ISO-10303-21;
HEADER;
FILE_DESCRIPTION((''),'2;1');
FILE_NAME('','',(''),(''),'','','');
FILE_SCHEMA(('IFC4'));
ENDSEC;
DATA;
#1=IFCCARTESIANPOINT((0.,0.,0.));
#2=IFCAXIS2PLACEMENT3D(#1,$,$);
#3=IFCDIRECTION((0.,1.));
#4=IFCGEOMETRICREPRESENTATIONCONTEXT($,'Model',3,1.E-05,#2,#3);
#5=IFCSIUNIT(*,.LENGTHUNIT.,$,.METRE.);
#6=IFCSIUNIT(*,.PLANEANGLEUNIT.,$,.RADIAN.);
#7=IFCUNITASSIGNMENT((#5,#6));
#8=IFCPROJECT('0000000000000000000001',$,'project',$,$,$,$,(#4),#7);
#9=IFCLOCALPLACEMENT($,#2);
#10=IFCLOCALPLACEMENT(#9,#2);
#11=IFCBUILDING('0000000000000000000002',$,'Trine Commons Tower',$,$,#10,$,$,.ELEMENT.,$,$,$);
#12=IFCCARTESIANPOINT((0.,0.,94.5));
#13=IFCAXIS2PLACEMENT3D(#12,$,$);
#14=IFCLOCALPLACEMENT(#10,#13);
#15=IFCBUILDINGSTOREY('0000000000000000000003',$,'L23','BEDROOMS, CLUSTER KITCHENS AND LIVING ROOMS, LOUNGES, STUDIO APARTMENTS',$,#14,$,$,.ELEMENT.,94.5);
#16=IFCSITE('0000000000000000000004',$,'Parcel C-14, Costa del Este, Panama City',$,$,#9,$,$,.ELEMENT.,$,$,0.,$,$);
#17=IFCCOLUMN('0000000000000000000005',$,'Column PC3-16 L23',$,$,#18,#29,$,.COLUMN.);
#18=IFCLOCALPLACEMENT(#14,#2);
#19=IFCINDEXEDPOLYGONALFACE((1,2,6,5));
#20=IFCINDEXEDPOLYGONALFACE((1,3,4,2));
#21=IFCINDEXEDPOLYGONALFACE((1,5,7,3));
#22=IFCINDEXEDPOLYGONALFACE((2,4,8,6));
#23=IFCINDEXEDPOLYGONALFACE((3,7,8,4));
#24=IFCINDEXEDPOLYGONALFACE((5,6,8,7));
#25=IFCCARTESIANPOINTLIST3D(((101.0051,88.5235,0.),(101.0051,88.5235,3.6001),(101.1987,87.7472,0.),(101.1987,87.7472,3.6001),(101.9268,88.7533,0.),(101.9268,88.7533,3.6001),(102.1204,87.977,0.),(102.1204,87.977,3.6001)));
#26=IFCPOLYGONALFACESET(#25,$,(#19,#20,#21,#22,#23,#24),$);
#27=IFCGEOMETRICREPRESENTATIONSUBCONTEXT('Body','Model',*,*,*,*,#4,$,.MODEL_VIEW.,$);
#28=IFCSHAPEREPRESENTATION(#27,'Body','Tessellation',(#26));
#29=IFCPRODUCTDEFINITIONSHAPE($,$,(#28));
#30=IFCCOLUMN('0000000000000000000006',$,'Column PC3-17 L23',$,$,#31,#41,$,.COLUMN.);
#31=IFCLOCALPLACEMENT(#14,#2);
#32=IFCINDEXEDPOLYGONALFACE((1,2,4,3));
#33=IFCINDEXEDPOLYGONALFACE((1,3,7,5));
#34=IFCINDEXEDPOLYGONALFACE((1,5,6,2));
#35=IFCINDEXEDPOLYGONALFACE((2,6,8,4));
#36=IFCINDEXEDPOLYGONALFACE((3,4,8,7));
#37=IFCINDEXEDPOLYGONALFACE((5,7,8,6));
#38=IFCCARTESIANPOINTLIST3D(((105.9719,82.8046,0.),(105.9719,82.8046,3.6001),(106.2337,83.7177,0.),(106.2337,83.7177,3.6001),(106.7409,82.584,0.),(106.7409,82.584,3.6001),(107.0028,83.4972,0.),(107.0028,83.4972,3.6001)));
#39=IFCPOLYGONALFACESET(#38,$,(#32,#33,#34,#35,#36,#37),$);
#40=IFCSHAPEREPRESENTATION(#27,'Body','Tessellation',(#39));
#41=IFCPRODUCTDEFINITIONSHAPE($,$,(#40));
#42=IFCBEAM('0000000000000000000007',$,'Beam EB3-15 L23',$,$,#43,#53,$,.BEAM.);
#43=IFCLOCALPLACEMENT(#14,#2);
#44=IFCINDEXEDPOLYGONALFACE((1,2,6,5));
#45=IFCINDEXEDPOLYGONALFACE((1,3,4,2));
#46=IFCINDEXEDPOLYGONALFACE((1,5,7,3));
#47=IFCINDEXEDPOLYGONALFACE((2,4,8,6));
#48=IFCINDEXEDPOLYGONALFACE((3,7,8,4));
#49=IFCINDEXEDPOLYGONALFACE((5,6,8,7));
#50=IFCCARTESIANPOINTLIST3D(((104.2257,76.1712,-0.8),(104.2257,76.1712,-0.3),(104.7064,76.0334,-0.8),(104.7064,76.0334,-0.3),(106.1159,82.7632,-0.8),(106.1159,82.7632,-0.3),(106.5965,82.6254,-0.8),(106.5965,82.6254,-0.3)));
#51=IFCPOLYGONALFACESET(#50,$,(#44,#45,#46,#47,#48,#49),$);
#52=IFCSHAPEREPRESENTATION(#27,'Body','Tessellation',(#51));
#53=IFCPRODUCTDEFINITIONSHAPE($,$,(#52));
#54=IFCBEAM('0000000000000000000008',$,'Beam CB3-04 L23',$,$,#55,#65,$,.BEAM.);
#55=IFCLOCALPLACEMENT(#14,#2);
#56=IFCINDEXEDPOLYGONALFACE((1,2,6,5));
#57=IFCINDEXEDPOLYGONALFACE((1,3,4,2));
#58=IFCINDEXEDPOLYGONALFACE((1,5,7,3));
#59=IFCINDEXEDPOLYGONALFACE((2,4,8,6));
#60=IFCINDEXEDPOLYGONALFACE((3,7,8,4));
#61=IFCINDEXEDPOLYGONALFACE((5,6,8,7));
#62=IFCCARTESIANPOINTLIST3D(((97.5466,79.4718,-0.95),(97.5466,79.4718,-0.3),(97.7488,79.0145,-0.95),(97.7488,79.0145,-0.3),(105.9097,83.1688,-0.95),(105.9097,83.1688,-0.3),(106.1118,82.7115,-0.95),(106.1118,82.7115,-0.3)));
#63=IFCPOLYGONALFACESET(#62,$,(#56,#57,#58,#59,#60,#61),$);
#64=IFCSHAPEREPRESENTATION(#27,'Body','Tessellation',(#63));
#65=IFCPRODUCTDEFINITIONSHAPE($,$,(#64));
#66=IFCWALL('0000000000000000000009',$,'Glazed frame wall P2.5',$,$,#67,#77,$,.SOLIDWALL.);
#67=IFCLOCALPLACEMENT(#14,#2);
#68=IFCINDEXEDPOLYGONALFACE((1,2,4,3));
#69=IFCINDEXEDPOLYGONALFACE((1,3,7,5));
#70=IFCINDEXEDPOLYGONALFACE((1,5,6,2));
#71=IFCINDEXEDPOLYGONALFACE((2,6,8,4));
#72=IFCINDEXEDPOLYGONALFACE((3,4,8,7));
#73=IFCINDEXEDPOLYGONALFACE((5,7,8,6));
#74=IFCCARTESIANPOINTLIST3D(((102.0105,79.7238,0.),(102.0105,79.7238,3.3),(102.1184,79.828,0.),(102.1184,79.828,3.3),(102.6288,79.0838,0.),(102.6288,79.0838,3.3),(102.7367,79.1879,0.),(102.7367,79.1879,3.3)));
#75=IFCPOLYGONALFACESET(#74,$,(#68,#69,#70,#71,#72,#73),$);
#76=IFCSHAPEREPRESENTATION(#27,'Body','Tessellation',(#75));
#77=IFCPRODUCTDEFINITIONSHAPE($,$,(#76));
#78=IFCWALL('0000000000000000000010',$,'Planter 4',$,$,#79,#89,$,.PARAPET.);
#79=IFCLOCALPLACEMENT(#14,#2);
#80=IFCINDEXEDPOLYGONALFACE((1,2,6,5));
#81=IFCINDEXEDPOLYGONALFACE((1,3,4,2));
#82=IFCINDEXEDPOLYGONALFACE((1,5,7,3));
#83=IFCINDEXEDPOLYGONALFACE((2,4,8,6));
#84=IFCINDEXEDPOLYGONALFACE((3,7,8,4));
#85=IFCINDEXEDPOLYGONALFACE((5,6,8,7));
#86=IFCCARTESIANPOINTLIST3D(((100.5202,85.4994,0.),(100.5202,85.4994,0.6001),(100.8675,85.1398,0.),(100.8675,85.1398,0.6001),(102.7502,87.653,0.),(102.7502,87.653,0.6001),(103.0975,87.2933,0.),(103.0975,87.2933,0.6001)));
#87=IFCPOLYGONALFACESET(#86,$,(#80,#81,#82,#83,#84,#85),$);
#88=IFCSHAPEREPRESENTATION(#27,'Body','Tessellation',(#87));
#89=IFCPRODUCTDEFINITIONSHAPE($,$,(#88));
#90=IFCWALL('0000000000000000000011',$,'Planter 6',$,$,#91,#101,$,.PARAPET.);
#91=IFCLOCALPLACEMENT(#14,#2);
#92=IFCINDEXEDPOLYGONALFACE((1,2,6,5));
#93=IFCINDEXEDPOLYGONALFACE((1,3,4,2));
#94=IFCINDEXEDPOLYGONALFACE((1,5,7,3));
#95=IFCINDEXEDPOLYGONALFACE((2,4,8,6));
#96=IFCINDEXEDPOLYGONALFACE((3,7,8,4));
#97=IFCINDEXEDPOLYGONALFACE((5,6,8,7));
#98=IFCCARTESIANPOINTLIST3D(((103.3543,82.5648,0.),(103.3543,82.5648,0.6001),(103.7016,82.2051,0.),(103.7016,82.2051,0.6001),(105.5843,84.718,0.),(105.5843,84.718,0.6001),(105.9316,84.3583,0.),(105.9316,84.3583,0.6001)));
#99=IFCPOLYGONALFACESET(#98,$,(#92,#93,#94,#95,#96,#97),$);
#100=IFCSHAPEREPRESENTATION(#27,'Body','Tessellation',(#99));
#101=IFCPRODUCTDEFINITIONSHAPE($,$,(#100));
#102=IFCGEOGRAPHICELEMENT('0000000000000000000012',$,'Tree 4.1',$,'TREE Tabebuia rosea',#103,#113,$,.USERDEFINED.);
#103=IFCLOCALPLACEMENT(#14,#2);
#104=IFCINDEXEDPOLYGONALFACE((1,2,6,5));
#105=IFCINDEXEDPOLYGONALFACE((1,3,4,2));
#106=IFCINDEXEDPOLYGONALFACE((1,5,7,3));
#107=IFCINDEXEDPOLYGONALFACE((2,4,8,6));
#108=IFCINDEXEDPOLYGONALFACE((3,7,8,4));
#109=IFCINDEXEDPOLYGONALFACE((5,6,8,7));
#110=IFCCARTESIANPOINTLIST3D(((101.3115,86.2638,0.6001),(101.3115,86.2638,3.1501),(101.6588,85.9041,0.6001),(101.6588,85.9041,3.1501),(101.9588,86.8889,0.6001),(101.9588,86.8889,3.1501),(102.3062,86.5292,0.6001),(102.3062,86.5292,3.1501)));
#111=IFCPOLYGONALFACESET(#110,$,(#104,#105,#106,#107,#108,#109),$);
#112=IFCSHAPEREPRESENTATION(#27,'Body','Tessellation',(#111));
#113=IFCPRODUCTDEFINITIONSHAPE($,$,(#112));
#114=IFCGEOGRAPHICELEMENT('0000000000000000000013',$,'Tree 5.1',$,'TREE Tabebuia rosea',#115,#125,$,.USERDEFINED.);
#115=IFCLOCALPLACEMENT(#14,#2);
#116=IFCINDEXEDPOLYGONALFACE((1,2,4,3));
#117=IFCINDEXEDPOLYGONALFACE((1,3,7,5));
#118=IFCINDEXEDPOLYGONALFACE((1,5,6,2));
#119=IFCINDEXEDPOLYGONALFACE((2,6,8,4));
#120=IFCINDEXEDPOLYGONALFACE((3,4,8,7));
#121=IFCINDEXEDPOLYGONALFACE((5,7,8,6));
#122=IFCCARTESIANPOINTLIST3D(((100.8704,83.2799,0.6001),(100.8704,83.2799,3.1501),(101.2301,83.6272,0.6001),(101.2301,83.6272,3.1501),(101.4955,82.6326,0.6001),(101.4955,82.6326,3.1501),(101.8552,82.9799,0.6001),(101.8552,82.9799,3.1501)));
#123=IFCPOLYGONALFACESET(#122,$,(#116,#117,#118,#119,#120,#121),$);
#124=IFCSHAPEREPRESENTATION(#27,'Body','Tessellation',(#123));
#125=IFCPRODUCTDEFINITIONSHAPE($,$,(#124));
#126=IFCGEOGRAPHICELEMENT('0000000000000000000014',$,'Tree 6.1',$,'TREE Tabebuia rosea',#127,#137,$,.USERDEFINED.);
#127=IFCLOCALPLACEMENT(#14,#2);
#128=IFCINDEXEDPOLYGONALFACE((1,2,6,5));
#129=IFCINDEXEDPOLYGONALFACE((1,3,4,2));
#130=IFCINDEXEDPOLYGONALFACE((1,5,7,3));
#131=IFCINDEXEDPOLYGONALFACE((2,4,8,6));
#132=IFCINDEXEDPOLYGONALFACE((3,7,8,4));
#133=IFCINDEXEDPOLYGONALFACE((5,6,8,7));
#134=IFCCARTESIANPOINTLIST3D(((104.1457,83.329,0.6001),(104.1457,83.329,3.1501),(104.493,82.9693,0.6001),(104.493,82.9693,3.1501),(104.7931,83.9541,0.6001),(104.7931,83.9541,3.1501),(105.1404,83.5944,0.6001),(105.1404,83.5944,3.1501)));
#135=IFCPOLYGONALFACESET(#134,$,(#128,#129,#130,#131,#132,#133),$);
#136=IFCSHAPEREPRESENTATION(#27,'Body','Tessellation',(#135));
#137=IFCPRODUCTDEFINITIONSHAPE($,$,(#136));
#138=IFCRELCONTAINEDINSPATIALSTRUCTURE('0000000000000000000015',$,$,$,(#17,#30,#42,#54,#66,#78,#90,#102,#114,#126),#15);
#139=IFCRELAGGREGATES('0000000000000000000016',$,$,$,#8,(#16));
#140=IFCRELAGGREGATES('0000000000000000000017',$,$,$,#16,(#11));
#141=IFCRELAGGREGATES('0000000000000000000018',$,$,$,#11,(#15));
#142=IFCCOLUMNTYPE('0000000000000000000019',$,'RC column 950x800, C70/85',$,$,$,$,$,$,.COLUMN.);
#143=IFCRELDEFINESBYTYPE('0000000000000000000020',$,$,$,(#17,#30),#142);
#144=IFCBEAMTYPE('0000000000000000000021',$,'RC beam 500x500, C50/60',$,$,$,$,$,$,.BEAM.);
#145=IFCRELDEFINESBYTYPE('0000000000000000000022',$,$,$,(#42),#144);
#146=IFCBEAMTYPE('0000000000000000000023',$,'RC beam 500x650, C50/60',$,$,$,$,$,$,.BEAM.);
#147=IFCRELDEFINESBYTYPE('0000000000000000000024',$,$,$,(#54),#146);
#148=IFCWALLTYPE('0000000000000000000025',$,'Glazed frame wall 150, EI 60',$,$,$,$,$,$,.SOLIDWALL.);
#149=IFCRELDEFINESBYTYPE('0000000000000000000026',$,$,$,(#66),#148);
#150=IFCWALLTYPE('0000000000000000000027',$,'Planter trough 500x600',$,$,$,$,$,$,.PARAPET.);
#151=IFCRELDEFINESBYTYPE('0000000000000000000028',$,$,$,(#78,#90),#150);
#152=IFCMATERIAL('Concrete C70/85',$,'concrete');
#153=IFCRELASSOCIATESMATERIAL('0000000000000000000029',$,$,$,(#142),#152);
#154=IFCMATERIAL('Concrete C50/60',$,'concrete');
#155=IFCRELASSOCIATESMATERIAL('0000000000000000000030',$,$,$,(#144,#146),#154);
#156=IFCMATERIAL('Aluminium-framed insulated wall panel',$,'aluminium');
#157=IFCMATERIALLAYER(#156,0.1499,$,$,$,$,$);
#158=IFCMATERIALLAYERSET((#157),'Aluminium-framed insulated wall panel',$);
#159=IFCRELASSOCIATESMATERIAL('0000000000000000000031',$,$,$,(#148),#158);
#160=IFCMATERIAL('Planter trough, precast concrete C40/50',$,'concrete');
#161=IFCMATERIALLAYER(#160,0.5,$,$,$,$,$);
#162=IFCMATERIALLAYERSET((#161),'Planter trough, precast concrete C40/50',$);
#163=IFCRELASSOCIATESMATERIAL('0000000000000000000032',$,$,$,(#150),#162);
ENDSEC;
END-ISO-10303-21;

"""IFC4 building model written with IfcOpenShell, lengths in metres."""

from ifc_helpers import new_model, si_unit, direction, frame, frame_2d, origin, origin_2d, place, context, subcontext, project, spatial, polyline, rectangle, outline, extrude, material, layer, layer_set, material_profile, profile_set, type_object, element, save


model = new_model("IFC4")

# Units and contexts
model_context = context("Model", 3, precision=1e-05, world=origin(), true_north=direction((0.0, 1.0)))
body_context = subcontext(model_context, "Body", "Model", "MODEL_VIEW")
ifc_project = project(units=[si_unit("LENGTHUNIT", "METRE"), si_unit("PLANEANGLEUNIT", "RADIAN")], contexts=[model_context])

# Site, building, storey
site_placement = place(None, origin())
site = spatial("IfcSite", under=ifc_project, at=site_placement, Name="Parcel C-14, Costa del Este, Panama City", CompositionType="ELEMENT", RefElevation=0.0)
building_placement = place(site_placement, origin())
building = spatial("IfcBuilding", under=site, at=building_placement, Name="Trine Commons Tower", CompositionType="ELEMENT")
storey_placement = place(building_placement, frame((0.0, 0.0, 94.5)))
storey = spatial("IfcBuildingStorey", under=building, at=storey_placement, Name="L23", Description="BEDROOMS, CLUSTER KITCHENS AND LIVING ROOMS, LOUNGES, STUDIO APARTMENTS", CompositionType="ELEMENT", Elevation=94.5)

# Columns
ifc_material_1 = material(Name="Concrete C70/85", Category="concrete")
ifc_material_profile_1 = material_profile(ifc_material_1, rectangle(XDim=0.95, YDim=0.8, at=origin_2d()), Name="RC 950x800")
ifc_profile_set_1 = profile_set([ifc_material_profile_1], Name="Concrete C70/85")
column_type = type_object("IfcColumnType", Name="RC column 950x800, C70/85", PredefinedType="COLUMN", material=ifc_profile_set_1)
for number, where, z_axis, x_axis, name in (
    (1, (101.5627, 88.2502, 0.0), (0.0, 0.0, 1.0), (0.970296, 0.241922, 0.0), "Column PC3-16 L23"),
    (2, (106.4873, 83.1509, 0.0), (0.0, 0.0, 1.0), (0.275637, 0.961262, 0.0), "Column PC3-17 L23"),
):
    element("IfcColumn", number, at=place(storey_placement, frame(where, z_axis=z_axis, x_axis=x_axis)), inside=storey, type_object=column_type, Name=name, PredefinedType="COLUMN", context=body_context, shape_type="SweptSolid", body=[
        extrude(rectangle(XDim=0.95, YDim=0.8, at=origin_2d()), origin(), (0.0, 0.0, 1.0), 3.6001),
    ])

# Beams
ifc_material_2 = material(Name="Concrete C50/60", Category="concrete")
ifc_material_profile_2 = material_profile(ifc_material_2, rectangle(XDim=0.5, YDim=0.5, at=origin_2d()), Name="RC 500x500")
ifc_profile_set_2 = profile_set([ifc_material_profile_2], Name="Concrete C50/60")
beam_type_1 = type_object("IfcBeamType", Name="RC beam 500x500, C50/60", PredefinedType="BEAM", material=ifc_profile_set_2)
beam_1_placement = place(storey_placement, frame((106.3562, 82.6943, -0.55), z_axis=(-0.275624, -0.961266, 0.0), x_axis=(0.961266, -0.275624, 0.0)))
element("IfcBeam", 3, at=beam_1_placement, inside=storey, type_object=beam_type_1, Name="Beam EB3-15 L23", PredefinedType="BEAM", context=body_context, shape_type="SweptSolid", body=[
    extrude(rectangle(XDim=0.5, YDim=0.5, at=origin_2d()), origin(), (0.0, 0.0, 1.0), 6.8577),
])
ifc_material_profile_3 = material_profile(ifc_material_2, rectangle(XDim=0.5, YDim=0.6499, at=origin_2d()), Name="RC 500x650")
ifc_profile_set_3 = profile_set([ifc_material_profile_3], Name="Concrete C50/60")
beam_type_2 = type_object("IfcBeamType", Name="RC beam 500x650, C50/60", PredefinedType="BEAM", material=ifc_profile_set_3)
beam_2_placement = place(storey_placement, frame((106.0107, 82.9402, -0.625), z_axis=(-0.914617, -0.404322, 0.0), x_axis=(0.404322, -0.914617, 0.0)))
element("IfcBeam", 4, at=beam_2_placement, inside=storey, type_object=beam_type_2, Name="Beam CB3-04 L23", PredefinedType="BEAM", context=body_context, shape_type="SweptSolid", body=[
    extrude(rectangle(XDim=0.5, YDim=0.6499, at=origin_2d()), origin(), (0.0, 0.0, 1.0), 9.1438),
])

# Wall
ifc_material_3 = material(Name="Aluminium-framed insulated wall panel", Category="aluminium")
ifc_layer_1 = layer(ifc_material_3, 0.1499)
ifc_layer_set_1 = layer_set([ifc_layer_1], Name="Aluminium-framed insulated wall panel")
wall_type_1 = type_object("IfcWallType", Name="Glazed frame wall 150, EI 60", PredefinedType="SOLIDWALL", material=ifc_layer_set_1)
wall_1_placement = place(storey_placement, frame((102.0645, 79.7759, 0.0), z_axis=(0.0, 0.0, 1.0), x_axis=(0.694795, -0.719208, 0.0)))
element("IfcWall", 5, at=wall_1_placement, inside=storey, type_object=wall_type_1, Name="Glazed frame wall P2.5", PredefinedType="SOLIDWALL", context=body_context, shape_type="SweptSolid", body=[
    extrude(outline(polyline([(0.8899, 0.075), (0.0, 0.075), (0.0, -0.075), (0.8899, -0.075), (0.8899, 0.075)])), origin(), (0.0, 0.0, 1.0), 3.3),
])

# Walls
ifc_material_4 = material(Name="Planter trough, precast concrete C40/50", Category="concrete")
ifc_layer_2 = layer(ifc_material_4, 0.5)
ifc_layer_set_2 = layer_set([ifc_layer_2], Name="Planter trough, precast concrete C40/50")
wall_type_2 = type_object("IfcWallType", Name="Planter trough 500x600", PredefinedType="PARAPET", material=ifc_layer_set_2)
wall_2_placement = place(storey_placement, frame((102.9238, 87.4731, 0.0), z_axis=(0.0, 0.0, 1.0), x_axis=(-0.719324, -0.694675, 0.0)))
element("IfcWall", 6, at=wall_2_placement, inside=storey, type_object=wall_type_2, Name="Planter 4", PredefinedType="PARAPET", context=body_context, shape_type="SweptSolid", body=[
    extrude(rectangle(XDim=3.1001, YDim=0.5, at=frame_2d((1.55, 0.0))), origin(), (0.0, 0.0, 1.0), 0.6001),
])
wall_3_placement = place(storey_placement, frame((103.5281, 82.385, 0.0), z_axis=(0.0, 0.0, 1.0), x_axis=(0.719363, 0.694634, 0.0)))
element("IfcWall", 7, at=wall_3_placement, inside=storey, type_object=wall_type_2, Name="Planter 6", PredefinedType="PARAPET", context=body_context, shape_type="SweptSolid", body=[
    extrude(rectangle(XDim=3.0999, YDim=0.5, at=frame_2d((1.5498, 0.0))), origin(), (0.0, 0.0, 1.0), 0.6001),
])

# Geographic elements
for number, where, z_axis, x_axis, name in (
    (8, (101.8088, 86.3965, 0.6001), (0.0, 0.0, 1.0), (-0.719333, -0.694666, 0.0), "Tree 4.1"),
    (9, (101.3628, 83.1299, 0.6001), (0.0, 0.0, 1.0), (0.694658, -0.71934, 0.0), "Tree 5.1"),
    (10, (104.6431, 83.4617, 0.6001), (0.0, 0.0, 1.0), (0.719363, 0.694635, 0.0), "Tree 6.1"),
):
    element("IfcGeographicElement", number, at=place(storey_placement, frame(where, z_axis=z_axis, x_axis=x_axis)), inside=storey, Name=name, ObjectType="TREE Tabebuia rosea", PredefinedType="USERDEFINED", context=body_context, shape_type="SweptSolid", body=[
        extrude(rectangle(XDim=0.8999, YDim=0.5, at=origin_2d()), origin(), (0.0, 0.0, 1.0), 2.55),
    ])

save(model, "model.ifc")
